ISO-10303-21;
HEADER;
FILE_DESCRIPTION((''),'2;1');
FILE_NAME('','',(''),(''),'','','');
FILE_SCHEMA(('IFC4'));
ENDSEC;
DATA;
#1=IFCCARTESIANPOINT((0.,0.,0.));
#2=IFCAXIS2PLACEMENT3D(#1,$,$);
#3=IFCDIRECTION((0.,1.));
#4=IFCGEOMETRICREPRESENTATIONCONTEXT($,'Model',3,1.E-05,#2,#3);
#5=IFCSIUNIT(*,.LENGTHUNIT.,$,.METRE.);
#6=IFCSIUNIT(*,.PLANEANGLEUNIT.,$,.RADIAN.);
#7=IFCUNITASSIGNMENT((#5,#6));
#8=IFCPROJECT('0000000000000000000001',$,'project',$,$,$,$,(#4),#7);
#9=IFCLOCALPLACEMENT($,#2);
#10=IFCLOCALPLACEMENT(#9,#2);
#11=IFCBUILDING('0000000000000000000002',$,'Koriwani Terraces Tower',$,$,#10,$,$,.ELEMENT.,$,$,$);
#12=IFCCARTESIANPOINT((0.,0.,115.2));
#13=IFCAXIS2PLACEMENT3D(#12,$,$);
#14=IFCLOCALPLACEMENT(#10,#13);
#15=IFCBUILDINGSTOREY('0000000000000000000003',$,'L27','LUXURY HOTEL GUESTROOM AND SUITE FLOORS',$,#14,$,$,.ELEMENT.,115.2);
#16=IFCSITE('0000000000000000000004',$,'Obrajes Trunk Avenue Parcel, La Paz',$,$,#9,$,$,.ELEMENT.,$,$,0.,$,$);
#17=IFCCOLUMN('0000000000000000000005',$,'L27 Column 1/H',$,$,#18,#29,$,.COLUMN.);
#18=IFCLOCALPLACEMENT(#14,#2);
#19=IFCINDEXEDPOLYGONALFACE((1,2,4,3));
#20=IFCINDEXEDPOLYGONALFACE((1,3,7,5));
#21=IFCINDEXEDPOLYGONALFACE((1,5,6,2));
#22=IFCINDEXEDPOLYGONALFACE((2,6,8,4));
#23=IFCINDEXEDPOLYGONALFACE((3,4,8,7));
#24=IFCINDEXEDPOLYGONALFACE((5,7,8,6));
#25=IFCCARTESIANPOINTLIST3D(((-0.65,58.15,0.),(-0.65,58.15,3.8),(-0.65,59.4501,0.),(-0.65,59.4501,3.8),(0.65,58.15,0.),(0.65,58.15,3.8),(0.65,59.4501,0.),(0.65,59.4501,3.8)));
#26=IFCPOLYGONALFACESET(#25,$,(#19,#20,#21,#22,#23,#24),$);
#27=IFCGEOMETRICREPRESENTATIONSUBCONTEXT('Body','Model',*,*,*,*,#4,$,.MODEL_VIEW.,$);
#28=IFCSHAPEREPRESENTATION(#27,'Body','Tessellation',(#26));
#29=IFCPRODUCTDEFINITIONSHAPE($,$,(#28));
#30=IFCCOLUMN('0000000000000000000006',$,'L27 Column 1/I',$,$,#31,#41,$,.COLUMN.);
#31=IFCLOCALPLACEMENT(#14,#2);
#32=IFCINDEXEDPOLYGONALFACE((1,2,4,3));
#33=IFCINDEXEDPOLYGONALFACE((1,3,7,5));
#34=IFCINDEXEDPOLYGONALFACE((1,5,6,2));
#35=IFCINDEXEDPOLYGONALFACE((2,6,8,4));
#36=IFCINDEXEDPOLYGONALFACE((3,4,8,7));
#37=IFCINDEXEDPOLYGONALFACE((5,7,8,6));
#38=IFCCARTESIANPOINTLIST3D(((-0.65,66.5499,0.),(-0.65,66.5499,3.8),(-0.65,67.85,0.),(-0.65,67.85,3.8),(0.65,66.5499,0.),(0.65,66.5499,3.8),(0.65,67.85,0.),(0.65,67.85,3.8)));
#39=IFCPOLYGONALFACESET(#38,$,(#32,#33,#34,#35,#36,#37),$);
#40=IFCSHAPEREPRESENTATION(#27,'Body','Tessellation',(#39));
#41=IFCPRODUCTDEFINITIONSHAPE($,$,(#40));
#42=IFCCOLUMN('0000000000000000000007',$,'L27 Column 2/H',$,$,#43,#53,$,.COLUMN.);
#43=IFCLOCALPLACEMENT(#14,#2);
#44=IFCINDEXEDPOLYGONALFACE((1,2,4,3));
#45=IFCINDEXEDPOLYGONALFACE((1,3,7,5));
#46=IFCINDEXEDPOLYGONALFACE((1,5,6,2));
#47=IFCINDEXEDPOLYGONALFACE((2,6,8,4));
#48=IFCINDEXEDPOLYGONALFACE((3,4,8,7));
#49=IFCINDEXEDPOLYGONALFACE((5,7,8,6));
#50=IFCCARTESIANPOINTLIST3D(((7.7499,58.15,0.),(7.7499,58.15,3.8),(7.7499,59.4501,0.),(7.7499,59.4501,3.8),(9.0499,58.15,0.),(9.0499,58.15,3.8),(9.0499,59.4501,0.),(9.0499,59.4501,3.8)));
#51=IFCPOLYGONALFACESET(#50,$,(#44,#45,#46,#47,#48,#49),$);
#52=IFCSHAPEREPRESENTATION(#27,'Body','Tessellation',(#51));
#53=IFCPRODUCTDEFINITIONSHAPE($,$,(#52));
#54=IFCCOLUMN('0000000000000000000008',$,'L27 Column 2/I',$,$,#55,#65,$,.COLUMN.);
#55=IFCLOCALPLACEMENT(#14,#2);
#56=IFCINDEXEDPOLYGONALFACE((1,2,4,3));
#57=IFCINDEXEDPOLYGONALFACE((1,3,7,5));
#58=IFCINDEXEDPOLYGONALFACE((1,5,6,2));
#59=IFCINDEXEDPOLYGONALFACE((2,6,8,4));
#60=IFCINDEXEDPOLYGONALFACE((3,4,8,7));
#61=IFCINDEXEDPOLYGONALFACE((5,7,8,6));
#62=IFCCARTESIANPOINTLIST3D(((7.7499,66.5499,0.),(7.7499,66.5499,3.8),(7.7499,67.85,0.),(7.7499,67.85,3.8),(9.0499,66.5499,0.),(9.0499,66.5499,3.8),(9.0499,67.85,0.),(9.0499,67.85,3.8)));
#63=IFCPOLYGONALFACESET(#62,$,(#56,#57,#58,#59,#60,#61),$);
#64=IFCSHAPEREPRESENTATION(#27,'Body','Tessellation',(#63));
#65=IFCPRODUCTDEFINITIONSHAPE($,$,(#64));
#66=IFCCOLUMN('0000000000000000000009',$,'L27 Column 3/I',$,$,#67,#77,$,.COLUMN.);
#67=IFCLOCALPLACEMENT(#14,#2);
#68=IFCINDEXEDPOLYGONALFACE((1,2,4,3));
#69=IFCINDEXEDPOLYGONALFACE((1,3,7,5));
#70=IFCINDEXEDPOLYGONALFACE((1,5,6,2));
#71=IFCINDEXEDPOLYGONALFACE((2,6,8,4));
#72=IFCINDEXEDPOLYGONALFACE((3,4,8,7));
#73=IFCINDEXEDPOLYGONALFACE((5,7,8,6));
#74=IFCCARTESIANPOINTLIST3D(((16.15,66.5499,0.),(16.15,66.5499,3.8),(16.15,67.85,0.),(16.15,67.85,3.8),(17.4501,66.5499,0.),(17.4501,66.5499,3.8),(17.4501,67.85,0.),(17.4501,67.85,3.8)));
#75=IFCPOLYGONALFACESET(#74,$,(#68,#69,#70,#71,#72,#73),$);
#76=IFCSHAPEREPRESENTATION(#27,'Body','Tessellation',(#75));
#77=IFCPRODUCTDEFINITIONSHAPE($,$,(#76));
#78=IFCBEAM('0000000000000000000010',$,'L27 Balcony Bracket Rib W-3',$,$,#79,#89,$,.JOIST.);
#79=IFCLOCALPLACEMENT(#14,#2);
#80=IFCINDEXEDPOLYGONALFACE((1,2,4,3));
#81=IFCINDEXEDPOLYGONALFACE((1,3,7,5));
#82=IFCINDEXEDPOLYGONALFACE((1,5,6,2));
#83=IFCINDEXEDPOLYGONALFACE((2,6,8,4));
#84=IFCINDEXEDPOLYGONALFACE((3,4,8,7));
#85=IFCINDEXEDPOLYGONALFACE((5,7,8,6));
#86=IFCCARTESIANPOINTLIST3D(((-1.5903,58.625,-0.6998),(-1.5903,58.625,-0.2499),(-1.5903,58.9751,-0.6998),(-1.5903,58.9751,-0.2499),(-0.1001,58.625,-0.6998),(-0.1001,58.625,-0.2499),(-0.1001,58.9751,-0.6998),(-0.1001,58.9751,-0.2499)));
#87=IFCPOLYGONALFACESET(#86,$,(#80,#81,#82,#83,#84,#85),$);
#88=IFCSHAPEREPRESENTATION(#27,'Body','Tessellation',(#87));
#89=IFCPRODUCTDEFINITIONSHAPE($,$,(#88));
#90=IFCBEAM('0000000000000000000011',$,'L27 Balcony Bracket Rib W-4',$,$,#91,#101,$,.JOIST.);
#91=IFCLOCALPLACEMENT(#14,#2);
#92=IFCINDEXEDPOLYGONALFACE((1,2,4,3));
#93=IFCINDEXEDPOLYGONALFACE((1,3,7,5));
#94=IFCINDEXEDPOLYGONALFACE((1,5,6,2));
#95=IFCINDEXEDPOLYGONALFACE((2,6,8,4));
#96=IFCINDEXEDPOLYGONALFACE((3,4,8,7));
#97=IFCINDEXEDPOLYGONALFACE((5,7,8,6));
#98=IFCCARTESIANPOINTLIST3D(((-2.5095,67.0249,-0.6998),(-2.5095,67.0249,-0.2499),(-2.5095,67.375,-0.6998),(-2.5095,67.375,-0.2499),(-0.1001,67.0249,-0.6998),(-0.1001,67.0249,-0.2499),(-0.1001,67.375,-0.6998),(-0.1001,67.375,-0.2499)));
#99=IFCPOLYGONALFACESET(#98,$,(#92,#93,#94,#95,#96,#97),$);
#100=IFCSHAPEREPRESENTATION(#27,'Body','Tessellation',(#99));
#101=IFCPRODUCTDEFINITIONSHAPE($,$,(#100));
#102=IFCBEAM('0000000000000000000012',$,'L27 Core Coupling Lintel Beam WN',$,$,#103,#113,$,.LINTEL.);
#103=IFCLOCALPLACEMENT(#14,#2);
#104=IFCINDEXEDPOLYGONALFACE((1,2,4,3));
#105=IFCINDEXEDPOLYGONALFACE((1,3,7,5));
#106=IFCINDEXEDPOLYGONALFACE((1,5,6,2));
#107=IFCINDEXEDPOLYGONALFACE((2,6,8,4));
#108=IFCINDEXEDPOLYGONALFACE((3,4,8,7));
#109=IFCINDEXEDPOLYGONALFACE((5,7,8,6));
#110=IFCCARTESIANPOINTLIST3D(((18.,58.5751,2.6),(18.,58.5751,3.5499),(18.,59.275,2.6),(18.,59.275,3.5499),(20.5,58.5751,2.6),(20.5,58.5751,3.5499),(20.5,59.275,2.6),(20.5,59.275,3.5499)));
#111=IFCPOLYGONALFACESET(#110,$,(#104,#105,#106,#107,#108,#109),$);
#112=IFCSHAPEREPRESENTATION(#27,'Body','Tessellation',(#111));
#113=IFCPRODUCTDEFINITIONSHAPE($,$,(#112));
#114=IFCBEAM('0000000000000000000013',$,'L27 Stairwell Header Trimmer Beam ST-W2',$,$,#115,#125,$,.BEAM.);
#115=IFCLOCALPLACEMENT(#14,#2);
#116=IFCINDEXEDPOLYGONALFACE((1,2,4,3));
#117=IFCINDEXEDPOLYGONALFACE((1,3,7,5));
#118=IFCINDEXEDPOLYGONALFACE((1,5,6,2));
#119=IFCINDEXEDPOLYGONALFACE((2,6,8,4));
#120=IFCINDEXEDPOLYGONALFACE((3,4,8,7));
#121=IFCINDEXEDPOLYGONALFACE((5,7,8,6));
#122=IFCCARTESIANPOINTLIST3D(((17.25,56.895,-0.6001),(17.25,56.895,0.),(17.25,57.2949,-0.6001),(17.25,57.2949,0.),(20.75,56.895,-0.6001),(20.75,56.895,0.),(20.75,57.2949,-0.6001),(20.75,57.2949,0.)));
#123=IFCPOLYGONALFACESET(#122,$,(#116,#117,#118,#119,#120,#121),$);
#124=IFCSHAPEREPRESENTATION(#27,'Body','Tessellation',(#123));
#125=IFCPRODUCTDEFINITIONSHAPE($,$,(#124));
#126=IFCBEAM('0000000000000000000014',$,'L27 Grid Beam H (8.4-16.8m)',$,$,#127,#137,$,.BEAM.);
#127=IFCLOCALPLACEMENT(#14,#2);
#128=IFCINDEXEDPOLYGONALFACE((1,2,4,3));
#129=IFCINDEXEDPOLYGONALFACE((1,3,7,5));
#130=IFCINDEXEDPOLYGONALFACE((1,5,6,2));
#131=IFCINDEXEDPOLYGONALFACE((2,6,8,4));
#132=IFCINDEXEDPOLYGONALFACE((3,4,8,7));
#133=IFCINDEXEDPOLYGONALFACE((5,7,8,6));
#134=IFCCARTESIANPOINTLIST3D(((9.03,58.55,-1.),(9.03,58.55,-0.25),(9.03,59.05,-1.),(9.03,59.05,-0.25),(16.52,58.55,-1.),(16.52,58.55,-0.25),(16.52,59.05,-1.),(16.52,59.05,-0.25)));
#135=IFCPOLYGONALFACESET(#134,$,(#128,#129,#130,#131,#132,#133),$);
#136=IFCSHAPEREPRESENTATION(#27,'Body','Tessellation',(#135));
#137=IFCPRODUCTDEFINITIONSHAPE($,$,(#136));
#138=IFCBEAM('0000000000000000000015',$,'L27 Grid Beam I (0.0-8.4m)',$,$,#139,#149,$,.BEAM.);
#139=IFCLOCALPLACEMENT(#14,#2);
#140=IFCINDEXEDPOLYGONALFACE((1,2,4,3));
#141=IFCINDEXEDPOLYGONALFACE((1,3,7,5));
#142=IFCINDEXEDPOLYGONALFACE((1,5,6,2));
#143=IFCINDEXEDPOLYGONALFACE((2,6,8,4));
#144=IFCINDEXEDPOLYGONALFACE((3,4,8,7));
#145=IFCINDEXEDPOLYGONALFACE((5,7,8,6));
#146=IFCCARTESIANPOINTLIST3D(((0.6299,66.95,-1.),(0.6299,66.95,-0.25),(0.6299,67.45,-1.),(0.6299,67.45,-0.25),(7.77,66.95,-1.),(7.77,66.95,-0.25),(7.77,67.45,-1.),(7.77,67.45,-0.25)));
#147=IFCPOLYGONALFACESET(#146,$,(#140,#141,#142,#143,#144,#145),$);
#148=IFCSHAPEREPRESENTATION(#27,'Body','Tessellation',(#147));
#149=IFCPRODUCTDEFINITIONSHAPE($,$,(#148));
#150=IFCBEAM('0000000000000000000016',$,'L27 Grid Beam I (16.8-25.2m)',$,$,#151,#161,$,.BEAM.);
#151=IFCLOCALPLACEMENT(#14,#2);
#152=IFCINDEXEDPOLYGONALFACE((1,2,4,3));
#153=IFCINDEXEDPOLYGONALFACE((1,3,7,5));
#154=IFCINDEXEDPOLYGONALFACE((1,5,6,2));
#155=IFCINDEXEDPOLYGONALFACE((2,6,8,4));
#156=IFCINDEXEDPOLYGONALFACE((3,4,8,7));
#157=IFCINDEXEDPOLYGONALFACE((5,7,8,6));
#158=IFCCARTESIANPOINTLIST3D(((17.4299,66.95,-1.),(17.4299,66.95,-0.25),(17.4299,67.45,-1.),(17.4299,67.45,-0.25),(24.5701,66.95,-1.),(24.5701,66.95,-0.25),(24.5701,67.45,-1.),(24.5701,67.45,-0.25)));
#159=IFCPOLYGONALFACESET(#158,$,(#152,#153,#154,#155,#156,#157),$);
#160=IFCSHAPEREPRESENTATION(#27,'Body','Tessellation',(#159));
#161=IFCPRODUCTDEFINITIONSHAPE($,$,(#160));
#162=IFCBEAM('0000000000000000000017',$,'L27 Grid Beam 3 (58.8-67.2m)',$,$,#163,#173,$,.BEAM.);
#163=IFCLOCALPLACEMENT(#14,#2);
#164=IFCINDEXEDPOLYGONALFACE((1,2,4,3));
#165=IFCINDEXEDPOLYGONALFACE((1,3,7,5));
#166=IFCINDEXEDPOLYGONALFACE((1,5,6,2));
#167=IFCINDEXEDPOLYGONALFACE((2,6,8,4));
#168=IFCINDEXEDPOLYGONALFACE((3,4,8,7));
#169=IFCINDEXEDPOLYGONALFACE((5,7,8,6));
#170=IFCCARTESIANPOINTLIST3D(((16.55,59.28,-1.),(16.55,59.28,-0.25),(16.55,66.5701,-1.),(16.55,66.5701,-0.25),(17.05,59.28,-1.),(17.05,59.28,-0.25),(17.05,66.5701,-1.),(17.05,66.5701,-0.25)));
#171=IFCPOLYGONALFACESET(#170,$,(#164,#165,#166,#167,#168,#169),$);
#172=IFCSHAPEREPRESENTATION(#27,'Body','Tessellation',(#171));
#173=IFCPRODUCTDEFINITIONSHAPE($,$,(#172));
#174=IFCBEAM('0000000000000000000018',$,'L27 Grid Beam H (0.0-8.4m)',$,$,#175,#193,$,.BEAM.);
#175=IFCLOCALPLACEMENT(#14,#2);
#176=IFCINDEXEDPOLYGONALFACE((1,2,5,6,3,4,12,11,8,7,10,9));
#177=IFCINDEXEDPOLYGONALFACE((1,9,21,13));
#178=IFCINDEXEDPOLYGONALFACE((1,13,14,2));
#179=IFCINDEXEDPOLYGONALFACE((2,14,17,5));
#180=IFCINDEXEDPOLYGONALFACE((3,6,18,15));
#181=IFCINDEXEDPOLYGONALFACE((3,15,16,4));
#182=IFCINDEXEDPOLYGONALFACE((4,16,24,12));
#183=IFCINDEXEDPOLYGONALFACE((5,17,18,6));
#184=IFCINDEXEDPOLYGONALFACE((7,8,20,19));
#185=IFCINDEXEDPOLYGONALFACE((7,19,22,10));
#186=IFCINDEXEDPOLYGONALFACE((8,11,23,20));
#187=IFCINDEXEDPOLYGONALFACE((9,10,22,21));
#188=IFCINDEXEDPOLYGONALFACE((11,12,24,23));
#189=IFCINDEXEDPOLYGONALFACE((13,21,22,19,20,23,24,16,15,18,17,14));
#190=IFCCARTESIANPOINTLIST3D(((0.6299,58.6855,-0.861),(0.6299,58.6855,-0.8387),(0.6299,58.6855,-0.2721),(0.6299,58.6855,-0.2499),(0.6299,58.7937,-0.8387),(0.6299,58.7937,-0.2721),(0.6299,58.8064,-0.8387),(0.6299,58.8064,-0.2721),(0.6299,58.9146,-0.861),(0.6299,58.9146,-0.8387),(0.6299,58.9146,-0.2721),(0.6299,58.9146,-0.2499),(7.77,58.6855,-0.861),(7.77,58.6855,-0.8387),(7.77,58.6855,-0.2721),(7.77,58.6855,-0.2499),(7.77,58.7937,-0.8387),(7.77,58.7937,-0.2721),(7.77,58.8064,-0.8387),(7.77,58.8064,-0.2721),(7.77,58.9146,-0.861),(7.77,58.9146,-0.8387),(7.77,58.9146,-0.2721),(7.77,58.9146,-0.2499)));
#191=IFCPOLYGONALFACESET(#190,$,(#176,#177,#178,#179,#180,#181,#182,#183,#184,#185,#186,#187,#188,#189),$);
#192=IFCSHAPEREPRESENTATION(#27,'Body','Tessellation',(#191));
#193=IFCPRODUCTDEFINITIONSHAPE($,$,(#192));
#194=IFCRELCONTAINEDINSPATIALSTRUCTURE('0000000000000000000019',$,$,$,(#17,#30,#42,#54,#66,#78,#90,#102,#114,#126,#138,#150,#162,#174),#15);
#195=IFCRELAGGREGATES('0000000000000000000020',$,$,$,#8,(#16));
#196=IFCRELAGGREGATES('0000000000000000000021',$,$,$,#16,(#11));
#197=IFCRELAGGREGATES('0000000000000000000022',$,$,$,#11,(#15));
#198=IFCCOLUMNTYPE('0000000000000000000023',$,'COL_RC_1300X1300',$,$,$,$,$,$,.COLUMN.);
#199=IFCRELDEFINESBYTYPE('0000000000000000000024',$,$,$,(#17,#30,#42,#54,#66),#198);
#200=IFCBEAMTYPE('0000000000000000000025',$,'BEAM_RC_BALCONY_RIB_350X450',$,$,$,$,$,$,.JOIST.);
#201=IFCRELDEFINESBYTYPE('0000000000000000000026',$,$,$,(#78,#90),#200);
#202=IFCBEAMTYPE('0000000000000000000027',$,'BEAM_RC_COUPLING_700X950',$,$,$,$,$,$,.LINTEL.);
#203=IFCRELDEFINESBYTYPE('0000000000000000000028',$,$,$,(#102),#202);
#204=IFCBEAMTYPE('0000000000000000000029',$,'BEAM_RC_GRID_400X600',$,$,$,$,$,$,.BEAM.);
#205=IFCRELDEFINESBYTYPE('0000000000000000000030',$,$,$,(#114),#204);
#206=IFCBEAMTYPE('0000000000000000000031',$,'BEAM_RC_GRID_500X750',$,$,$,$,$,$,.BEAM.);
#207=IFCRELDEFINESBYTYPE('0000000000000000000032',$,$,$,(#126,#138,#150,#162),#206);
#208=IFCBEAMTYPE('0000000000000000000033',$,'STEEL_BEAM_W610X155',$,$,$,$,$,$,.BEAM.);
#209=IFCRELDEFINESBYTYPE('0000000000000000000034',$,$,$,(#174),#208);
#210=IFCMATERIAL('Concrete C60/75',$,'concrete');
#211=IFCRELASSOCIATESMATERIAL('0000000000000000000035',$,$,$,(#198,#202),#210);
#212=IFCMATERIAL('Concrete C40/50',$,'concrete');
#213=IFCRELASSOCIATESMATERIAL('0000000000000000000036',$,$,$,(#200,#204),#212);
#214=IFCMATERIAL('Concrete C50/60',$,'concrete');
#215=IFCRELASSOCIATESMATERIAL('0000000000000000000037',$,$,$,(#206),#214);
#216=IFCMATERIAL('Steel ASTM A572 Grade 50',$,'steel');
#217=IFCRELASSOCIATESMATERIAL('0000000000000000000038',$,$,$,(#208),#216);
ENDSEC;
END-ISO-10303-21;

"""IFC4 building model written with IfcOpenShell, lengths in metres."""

from ifc_helpers import new_model, si_unit, direction, frame, origin, origin_2d, place, context, subcontext, project, spatial, rectangle, i_section, extrude, material, material_profile, profile_set, type_object, element, save


model = new_model("IFC4")

# Units and contexts
model_context = context("Model", 3, precision=1e-05, world=origin(), true_north=direction((0.0, 1.0)))
body_context = subcontext(model_context, "Body", "Model", "MODEL_VIEW")
ifc_project = project(units=[si_unit("LENGTHUNIT", "METRE"), si_unit("PLANEANGLEUNIT", "RADIAN")], contexts=[model_context])

# Site, building, storey
site_placement = place(None, origin())
site = spatial("IfcSite", under=ifc_project, at=site_placement, Name="Obrajes Trunk Avenue Parcel, La Paz", CompositionType="ELEMENT", RefElevation=0.0)
building_placement = place(site_placement, origin())
building = spatial("IfcBuilding", under=site, at=building_placement, Name="Koriwani Terraces Tower", CompositionType="ELEMENT")
storey_placement = place(building_placement, frame((0.0, 0.0, 115.2)))
storey = spatial("IfcBuildingStorey", under=building, at=storey_placement, Name="L27", Description="LUXURY HOTEL GUESTROOM AND SUITE FLOORS", CompositionType="ELEMENT", Elevation=115.2)

# Columns
ifc_material_1 = material(Name="Concrete C60/75", Category="concrete")
ifc_material_profile_1 = material_profile(ifc_material_1, rectangle(XDim=1.3, YDim=1.3, at=origin_2d()), Name="Concrete C60/75", Category="LoadBearing")
ifc_profile_set_1 = profile_set([ifc_material_profile_1], Name="Concrete C60/75")
column_type = type_object("IfcColumnType", Name="COL_RC_1300X1300", PredefinedType="COLUMN", material=ifc_profile_set_1)
for number, where, z_axis, x_axis, name in (
    (1, (0.0, 58.8, 0.0), (0.0, 0.0, 1.0), (1.0, 0.0, 0.0), "L27 Column 1/H"),
    (2, (0.0, 67.2, 0.0), (0.0, 0.0, 1.0), (1.0, 0.0, 0.0), "L27 Column 1/I"),
    (3, (8.3999, 58.8, 0.0), (0.0, 0.0, 1.0), (1.0, 0.0, 0.0), "L27 Column 2/H"),
    (4, (8.3999, 67.2, 0.0), (0.0, 0.0, 1.0), (1.0, 0.0, 0.0), "L27 Column 2/I"),
    (5, (16.8, 67.2, 0.0), (0.0, 0.0, 1.0), (1.0, 0.0, 0.0), "L27 Column 3/I"),
):
    element("IfcColumn", number, at=place(storey_placement, frame(where, z_axis=z_axis, x_axis=x_axis)), inside=storey, type_object=column_type, Name=name, PredefinedType="COLUMN", context=body_context, shape_type="SweptSolid", body=[
        extrude(rectangle(XDim=1.3, YDim=1.3, at=origin_2d()), origin(), (0.0, 0.0, 1.0), 3.8),
    ])

# Beams
ifc_material_2 = material(Name="Concrete C40/50", Category="concrete")
ifc_material_profile_2 = material_profile(ifc_material_2, rectangle(XDim=0.3501, YDim=0.45, at=origin_2d()), Name="Concrete C40/50", Category="LoadBearing")
ifc_profile_set_2 = profile_set([ifc_material_profile_2], Name="Concrete C40/50")
beam_type_1 = type_object("IfcBeamType", Name="BEAM_RC_BALCONY_RIB_350X450", PredefinedType="JOIST", material=ifc_profile_set_2)
beam_1_placement = place(storey_placement, frame((-1.5903, 58.8, -0.4749), z_axis=(1.0, 0.0, 0.0), x_axis=(0.0, 1.0, 0.0)))
element("IfcBeam", 6, at=beam_1_placement, inside=storey, type_object=beam_type_1, Name="L27 Balcony Bracket Rib W-3", PredefinedType="JOIST", context=body_context, shape_type="SweptSolid", body=[
    extrude(rectangle(XDim=0.3501, YDim=0.45, at=origin_2d()), origin(), (0.0, 0.0, 1.0), 1.4902),
])
beam_2_placement = place(storey_placement, frame((-2.5095, 67.2, -0.4749), z_axis=(1.0, 0.0, 0.0), x_axis=(0.0, 1.0, 0.0)))
element("IfcBeam", 7, at=beam_2_placement, inside=storey, type_object=beam_type_1, Name="L27 Balcony Bracket Rib W-4", PredefinedType="JOIST", context=body_context, shape_type="SweptSolid", body=[
    extrude(rectangle(XDim=0.3501, YDim=0.45, at=origin_2d()), origin(), (0.0, 0.0, 1.0), 2.4094),
])
ifc_material_profile_3 = material_profile(ifc_material_1, rectangle(XDim=0.7, YDim=0.95, at=origin_2d()), Name="Concrete C60/75", Category="LoadBearing")
ifc_profile_set_3 = profile_set([ifc_material_profile_3], Name="Concrete C60/75")
beam_type_2 = type_object("IfcBeamType", Name="BEAM_RC_COUPLING_700X950", PredefinedType="LINTEL", material=ifc_profile_set_3)
beam_3_placement = place(storey_placement, frame((18.0, 58.925, 3.075), z_axis=(1.0, 0.0, 0.0), x_axis=(0.0, 1.0, 0.0)))
element("IfcBeam", 8, at=beam_3_placement, inside=storey, type_object=beam_type_2, Name="L27 Core Coupling Lintel Beam WN", PredefinedType="LINTEL", context=body_context, shape_type="SweptSolid", body=[
    extrude(rectangle(XDim=0.7, YDim=0.95, at=origin_2d()), origin(), (0.0, 0.0, 1.0), 2.5),
])
ifc_material_profile_4 = material_profile(ifc_material_2, rectangle(XDim=0.3999, YDim=0.6001, at=origin_2d()), Name="Concrete C40/50", Category="LoadBearing")
ifc_profile_set_4 = profile_set([ifc_material_profile_4], Name="Concrete C40/50")
beam_type_3 = type_object("IfcBeamType", Name="BEAM_RC_GRID_400X600", PredefinedType="BEAM", material=ifc_profile_set_4)
beam_4_placement = place(storey_placement, frame((17.25, 57.095, -0.3), z_axis=(1.0, 0.0, 0.0), x_axis=(0.0, 1.0, 0.0)))
element("IfcBeam", 9, at=beam_4_placement, inside=storey, type_object=beam_type_3, Name="L27 Stairwell Header Trimmer Beam ST-W2", PredefinedType="BEAM", context=body_context, shape_type="SweptSolid", body=[
    extrude(rectangle(XDim=0.3999, YDim=0.6001, at=origin_2d()), origin(), (0.0, 0.0, 1.0), 3.5),
])
ifc_material_3 = material(Name="Concrete C50/60", Category="concrete")
ifc_material_profile_5 = material_profile(ifc_material_3, rectangle(XDim=0.5, YDim=0.75, at=origin_2d()), Name="Concrete C50/60", Category="LoadBearing")
ifc_profile_set_5 = profile_set([ifc_material_profile_5], Name="Concrete C50/60")
beam_type_4 = type_object("IfcBeamType", Name="BEAM_RC_GRID_500X750", PredefinedType="BEAM", material=ifc_profile_set_5)
beam_5_placement = place(storey_placement, frame((9.03, 58.8, -0.625), z_axis=(1.0, 0.0, 0.0), x_axis=(0.0, 1.0, 0.0)))
element("IfcBeam", 10, at=beam_5_placement, inside=storey, type_object=beam_type_4, Name="L27 Grid Beam H (8.4-16.8m)", PredefinedType="BEAM", context=body_context, shape_type="SweptSolid", body=[
    extrude(rectangle(XDim=0.5, YDim=0.75, at=origin_2d()), origin(), (0.0, 0.0, 1.0), 7.49),
])
for number, where, z_axis, x_axis, name in (
    (11, (0.6299, 67.2, -0.625), (1.0, 0.0, 0.0), (0.0, 1.0, 0.0), "L27 Grid Beam I (0.0-8.4m)"),
    (12, (17.4299, 67.2, -0.625), (1.0, 0.0, 0.0), (0.0, 1.0, 0.0), "L27 Grid Beam I (16.8-25.2m)"),
):
    element("IfcBeam", number, at=place(storey_placement, frame(where, z_axis=z_axis, x_axis=x_axis)), inside=storey, type_object=beam_type_4, Name=name, PredefinedType="BEAM", context=body_context, shape_type="SweptSolid", body=[
        extrude(rectangle(XDim=0.5, YDim=0.75, at=origin_2d()), origin(), (0.0, 0.0, 1.0), 7.1401),
    ])
beam_6_placement = place(storey_placement, frame((16.8, 59.28, -0.625), z_axis=(0.0, 1.0, 0.0), x_axis=(-1.0, 0.0, 0.0)))
element("IfcBeam", 13, at=beam_6_placement, inside=storey, type_object=beam_type_4, Name="L27 Grid Beam 3 (58.8-67.2m)", PredefinedType="BEAM", context=body_context, shape_type="SweptSolid", body=[
    extrude(rectangle(XDim=0.5, YDim=0.75, at=origin_2d()), origin(), (0.0, 0.0, 1.0), 7.29),
])
ifc_material_4 = material(Name="Steel ASTM A572 Grade 50", Category="steel")
ifc_material_profile_6 = material_profile(ifc_material_4, i_section(OverallWidth=0.229, OverallDepth=0.6111, WebThickness=0.0127, FlangeThickness=0.0222, at=origin_2d()), Name="Steel ASTM A572 Grade 50", Category="LoadBearing")
ifc_profile_set_6 = profile_set([ifc_material_profile_6], Name="Steel ASTM A572 Grade 50")
beam_type_5 = type_object("IfcBeamType", Name="STEEL_BEAM_W610X155", PredefinedType="BEAM", material=ifc_profile_set_6)
beam_7_placement = place(storey_placement, frame((0.6299, 58.8, -0.5554), z_axis=(1.0, 0.0, 0.0), x_axis=(0.0, 1.0, 0.0)))
element("IfcBeam", 14, at=beam_7_placement, inside=storey, type_object=beam_type_5, Name="L27 Grid Beam H (0.0-8.4m)", PredefinedType="BEAM", context=body_context, shape_type="SweptSolid", body=[
    extrude(i_section(OverallWidth=0.229, OverallDepth=0.6111, WebThickness=0.0127, FlangeThickness=0.0222, at=origin_2d()), origin(), (0.0, 0.0, 1.0), 7.1401),
])

save(model, "model.ifc")
